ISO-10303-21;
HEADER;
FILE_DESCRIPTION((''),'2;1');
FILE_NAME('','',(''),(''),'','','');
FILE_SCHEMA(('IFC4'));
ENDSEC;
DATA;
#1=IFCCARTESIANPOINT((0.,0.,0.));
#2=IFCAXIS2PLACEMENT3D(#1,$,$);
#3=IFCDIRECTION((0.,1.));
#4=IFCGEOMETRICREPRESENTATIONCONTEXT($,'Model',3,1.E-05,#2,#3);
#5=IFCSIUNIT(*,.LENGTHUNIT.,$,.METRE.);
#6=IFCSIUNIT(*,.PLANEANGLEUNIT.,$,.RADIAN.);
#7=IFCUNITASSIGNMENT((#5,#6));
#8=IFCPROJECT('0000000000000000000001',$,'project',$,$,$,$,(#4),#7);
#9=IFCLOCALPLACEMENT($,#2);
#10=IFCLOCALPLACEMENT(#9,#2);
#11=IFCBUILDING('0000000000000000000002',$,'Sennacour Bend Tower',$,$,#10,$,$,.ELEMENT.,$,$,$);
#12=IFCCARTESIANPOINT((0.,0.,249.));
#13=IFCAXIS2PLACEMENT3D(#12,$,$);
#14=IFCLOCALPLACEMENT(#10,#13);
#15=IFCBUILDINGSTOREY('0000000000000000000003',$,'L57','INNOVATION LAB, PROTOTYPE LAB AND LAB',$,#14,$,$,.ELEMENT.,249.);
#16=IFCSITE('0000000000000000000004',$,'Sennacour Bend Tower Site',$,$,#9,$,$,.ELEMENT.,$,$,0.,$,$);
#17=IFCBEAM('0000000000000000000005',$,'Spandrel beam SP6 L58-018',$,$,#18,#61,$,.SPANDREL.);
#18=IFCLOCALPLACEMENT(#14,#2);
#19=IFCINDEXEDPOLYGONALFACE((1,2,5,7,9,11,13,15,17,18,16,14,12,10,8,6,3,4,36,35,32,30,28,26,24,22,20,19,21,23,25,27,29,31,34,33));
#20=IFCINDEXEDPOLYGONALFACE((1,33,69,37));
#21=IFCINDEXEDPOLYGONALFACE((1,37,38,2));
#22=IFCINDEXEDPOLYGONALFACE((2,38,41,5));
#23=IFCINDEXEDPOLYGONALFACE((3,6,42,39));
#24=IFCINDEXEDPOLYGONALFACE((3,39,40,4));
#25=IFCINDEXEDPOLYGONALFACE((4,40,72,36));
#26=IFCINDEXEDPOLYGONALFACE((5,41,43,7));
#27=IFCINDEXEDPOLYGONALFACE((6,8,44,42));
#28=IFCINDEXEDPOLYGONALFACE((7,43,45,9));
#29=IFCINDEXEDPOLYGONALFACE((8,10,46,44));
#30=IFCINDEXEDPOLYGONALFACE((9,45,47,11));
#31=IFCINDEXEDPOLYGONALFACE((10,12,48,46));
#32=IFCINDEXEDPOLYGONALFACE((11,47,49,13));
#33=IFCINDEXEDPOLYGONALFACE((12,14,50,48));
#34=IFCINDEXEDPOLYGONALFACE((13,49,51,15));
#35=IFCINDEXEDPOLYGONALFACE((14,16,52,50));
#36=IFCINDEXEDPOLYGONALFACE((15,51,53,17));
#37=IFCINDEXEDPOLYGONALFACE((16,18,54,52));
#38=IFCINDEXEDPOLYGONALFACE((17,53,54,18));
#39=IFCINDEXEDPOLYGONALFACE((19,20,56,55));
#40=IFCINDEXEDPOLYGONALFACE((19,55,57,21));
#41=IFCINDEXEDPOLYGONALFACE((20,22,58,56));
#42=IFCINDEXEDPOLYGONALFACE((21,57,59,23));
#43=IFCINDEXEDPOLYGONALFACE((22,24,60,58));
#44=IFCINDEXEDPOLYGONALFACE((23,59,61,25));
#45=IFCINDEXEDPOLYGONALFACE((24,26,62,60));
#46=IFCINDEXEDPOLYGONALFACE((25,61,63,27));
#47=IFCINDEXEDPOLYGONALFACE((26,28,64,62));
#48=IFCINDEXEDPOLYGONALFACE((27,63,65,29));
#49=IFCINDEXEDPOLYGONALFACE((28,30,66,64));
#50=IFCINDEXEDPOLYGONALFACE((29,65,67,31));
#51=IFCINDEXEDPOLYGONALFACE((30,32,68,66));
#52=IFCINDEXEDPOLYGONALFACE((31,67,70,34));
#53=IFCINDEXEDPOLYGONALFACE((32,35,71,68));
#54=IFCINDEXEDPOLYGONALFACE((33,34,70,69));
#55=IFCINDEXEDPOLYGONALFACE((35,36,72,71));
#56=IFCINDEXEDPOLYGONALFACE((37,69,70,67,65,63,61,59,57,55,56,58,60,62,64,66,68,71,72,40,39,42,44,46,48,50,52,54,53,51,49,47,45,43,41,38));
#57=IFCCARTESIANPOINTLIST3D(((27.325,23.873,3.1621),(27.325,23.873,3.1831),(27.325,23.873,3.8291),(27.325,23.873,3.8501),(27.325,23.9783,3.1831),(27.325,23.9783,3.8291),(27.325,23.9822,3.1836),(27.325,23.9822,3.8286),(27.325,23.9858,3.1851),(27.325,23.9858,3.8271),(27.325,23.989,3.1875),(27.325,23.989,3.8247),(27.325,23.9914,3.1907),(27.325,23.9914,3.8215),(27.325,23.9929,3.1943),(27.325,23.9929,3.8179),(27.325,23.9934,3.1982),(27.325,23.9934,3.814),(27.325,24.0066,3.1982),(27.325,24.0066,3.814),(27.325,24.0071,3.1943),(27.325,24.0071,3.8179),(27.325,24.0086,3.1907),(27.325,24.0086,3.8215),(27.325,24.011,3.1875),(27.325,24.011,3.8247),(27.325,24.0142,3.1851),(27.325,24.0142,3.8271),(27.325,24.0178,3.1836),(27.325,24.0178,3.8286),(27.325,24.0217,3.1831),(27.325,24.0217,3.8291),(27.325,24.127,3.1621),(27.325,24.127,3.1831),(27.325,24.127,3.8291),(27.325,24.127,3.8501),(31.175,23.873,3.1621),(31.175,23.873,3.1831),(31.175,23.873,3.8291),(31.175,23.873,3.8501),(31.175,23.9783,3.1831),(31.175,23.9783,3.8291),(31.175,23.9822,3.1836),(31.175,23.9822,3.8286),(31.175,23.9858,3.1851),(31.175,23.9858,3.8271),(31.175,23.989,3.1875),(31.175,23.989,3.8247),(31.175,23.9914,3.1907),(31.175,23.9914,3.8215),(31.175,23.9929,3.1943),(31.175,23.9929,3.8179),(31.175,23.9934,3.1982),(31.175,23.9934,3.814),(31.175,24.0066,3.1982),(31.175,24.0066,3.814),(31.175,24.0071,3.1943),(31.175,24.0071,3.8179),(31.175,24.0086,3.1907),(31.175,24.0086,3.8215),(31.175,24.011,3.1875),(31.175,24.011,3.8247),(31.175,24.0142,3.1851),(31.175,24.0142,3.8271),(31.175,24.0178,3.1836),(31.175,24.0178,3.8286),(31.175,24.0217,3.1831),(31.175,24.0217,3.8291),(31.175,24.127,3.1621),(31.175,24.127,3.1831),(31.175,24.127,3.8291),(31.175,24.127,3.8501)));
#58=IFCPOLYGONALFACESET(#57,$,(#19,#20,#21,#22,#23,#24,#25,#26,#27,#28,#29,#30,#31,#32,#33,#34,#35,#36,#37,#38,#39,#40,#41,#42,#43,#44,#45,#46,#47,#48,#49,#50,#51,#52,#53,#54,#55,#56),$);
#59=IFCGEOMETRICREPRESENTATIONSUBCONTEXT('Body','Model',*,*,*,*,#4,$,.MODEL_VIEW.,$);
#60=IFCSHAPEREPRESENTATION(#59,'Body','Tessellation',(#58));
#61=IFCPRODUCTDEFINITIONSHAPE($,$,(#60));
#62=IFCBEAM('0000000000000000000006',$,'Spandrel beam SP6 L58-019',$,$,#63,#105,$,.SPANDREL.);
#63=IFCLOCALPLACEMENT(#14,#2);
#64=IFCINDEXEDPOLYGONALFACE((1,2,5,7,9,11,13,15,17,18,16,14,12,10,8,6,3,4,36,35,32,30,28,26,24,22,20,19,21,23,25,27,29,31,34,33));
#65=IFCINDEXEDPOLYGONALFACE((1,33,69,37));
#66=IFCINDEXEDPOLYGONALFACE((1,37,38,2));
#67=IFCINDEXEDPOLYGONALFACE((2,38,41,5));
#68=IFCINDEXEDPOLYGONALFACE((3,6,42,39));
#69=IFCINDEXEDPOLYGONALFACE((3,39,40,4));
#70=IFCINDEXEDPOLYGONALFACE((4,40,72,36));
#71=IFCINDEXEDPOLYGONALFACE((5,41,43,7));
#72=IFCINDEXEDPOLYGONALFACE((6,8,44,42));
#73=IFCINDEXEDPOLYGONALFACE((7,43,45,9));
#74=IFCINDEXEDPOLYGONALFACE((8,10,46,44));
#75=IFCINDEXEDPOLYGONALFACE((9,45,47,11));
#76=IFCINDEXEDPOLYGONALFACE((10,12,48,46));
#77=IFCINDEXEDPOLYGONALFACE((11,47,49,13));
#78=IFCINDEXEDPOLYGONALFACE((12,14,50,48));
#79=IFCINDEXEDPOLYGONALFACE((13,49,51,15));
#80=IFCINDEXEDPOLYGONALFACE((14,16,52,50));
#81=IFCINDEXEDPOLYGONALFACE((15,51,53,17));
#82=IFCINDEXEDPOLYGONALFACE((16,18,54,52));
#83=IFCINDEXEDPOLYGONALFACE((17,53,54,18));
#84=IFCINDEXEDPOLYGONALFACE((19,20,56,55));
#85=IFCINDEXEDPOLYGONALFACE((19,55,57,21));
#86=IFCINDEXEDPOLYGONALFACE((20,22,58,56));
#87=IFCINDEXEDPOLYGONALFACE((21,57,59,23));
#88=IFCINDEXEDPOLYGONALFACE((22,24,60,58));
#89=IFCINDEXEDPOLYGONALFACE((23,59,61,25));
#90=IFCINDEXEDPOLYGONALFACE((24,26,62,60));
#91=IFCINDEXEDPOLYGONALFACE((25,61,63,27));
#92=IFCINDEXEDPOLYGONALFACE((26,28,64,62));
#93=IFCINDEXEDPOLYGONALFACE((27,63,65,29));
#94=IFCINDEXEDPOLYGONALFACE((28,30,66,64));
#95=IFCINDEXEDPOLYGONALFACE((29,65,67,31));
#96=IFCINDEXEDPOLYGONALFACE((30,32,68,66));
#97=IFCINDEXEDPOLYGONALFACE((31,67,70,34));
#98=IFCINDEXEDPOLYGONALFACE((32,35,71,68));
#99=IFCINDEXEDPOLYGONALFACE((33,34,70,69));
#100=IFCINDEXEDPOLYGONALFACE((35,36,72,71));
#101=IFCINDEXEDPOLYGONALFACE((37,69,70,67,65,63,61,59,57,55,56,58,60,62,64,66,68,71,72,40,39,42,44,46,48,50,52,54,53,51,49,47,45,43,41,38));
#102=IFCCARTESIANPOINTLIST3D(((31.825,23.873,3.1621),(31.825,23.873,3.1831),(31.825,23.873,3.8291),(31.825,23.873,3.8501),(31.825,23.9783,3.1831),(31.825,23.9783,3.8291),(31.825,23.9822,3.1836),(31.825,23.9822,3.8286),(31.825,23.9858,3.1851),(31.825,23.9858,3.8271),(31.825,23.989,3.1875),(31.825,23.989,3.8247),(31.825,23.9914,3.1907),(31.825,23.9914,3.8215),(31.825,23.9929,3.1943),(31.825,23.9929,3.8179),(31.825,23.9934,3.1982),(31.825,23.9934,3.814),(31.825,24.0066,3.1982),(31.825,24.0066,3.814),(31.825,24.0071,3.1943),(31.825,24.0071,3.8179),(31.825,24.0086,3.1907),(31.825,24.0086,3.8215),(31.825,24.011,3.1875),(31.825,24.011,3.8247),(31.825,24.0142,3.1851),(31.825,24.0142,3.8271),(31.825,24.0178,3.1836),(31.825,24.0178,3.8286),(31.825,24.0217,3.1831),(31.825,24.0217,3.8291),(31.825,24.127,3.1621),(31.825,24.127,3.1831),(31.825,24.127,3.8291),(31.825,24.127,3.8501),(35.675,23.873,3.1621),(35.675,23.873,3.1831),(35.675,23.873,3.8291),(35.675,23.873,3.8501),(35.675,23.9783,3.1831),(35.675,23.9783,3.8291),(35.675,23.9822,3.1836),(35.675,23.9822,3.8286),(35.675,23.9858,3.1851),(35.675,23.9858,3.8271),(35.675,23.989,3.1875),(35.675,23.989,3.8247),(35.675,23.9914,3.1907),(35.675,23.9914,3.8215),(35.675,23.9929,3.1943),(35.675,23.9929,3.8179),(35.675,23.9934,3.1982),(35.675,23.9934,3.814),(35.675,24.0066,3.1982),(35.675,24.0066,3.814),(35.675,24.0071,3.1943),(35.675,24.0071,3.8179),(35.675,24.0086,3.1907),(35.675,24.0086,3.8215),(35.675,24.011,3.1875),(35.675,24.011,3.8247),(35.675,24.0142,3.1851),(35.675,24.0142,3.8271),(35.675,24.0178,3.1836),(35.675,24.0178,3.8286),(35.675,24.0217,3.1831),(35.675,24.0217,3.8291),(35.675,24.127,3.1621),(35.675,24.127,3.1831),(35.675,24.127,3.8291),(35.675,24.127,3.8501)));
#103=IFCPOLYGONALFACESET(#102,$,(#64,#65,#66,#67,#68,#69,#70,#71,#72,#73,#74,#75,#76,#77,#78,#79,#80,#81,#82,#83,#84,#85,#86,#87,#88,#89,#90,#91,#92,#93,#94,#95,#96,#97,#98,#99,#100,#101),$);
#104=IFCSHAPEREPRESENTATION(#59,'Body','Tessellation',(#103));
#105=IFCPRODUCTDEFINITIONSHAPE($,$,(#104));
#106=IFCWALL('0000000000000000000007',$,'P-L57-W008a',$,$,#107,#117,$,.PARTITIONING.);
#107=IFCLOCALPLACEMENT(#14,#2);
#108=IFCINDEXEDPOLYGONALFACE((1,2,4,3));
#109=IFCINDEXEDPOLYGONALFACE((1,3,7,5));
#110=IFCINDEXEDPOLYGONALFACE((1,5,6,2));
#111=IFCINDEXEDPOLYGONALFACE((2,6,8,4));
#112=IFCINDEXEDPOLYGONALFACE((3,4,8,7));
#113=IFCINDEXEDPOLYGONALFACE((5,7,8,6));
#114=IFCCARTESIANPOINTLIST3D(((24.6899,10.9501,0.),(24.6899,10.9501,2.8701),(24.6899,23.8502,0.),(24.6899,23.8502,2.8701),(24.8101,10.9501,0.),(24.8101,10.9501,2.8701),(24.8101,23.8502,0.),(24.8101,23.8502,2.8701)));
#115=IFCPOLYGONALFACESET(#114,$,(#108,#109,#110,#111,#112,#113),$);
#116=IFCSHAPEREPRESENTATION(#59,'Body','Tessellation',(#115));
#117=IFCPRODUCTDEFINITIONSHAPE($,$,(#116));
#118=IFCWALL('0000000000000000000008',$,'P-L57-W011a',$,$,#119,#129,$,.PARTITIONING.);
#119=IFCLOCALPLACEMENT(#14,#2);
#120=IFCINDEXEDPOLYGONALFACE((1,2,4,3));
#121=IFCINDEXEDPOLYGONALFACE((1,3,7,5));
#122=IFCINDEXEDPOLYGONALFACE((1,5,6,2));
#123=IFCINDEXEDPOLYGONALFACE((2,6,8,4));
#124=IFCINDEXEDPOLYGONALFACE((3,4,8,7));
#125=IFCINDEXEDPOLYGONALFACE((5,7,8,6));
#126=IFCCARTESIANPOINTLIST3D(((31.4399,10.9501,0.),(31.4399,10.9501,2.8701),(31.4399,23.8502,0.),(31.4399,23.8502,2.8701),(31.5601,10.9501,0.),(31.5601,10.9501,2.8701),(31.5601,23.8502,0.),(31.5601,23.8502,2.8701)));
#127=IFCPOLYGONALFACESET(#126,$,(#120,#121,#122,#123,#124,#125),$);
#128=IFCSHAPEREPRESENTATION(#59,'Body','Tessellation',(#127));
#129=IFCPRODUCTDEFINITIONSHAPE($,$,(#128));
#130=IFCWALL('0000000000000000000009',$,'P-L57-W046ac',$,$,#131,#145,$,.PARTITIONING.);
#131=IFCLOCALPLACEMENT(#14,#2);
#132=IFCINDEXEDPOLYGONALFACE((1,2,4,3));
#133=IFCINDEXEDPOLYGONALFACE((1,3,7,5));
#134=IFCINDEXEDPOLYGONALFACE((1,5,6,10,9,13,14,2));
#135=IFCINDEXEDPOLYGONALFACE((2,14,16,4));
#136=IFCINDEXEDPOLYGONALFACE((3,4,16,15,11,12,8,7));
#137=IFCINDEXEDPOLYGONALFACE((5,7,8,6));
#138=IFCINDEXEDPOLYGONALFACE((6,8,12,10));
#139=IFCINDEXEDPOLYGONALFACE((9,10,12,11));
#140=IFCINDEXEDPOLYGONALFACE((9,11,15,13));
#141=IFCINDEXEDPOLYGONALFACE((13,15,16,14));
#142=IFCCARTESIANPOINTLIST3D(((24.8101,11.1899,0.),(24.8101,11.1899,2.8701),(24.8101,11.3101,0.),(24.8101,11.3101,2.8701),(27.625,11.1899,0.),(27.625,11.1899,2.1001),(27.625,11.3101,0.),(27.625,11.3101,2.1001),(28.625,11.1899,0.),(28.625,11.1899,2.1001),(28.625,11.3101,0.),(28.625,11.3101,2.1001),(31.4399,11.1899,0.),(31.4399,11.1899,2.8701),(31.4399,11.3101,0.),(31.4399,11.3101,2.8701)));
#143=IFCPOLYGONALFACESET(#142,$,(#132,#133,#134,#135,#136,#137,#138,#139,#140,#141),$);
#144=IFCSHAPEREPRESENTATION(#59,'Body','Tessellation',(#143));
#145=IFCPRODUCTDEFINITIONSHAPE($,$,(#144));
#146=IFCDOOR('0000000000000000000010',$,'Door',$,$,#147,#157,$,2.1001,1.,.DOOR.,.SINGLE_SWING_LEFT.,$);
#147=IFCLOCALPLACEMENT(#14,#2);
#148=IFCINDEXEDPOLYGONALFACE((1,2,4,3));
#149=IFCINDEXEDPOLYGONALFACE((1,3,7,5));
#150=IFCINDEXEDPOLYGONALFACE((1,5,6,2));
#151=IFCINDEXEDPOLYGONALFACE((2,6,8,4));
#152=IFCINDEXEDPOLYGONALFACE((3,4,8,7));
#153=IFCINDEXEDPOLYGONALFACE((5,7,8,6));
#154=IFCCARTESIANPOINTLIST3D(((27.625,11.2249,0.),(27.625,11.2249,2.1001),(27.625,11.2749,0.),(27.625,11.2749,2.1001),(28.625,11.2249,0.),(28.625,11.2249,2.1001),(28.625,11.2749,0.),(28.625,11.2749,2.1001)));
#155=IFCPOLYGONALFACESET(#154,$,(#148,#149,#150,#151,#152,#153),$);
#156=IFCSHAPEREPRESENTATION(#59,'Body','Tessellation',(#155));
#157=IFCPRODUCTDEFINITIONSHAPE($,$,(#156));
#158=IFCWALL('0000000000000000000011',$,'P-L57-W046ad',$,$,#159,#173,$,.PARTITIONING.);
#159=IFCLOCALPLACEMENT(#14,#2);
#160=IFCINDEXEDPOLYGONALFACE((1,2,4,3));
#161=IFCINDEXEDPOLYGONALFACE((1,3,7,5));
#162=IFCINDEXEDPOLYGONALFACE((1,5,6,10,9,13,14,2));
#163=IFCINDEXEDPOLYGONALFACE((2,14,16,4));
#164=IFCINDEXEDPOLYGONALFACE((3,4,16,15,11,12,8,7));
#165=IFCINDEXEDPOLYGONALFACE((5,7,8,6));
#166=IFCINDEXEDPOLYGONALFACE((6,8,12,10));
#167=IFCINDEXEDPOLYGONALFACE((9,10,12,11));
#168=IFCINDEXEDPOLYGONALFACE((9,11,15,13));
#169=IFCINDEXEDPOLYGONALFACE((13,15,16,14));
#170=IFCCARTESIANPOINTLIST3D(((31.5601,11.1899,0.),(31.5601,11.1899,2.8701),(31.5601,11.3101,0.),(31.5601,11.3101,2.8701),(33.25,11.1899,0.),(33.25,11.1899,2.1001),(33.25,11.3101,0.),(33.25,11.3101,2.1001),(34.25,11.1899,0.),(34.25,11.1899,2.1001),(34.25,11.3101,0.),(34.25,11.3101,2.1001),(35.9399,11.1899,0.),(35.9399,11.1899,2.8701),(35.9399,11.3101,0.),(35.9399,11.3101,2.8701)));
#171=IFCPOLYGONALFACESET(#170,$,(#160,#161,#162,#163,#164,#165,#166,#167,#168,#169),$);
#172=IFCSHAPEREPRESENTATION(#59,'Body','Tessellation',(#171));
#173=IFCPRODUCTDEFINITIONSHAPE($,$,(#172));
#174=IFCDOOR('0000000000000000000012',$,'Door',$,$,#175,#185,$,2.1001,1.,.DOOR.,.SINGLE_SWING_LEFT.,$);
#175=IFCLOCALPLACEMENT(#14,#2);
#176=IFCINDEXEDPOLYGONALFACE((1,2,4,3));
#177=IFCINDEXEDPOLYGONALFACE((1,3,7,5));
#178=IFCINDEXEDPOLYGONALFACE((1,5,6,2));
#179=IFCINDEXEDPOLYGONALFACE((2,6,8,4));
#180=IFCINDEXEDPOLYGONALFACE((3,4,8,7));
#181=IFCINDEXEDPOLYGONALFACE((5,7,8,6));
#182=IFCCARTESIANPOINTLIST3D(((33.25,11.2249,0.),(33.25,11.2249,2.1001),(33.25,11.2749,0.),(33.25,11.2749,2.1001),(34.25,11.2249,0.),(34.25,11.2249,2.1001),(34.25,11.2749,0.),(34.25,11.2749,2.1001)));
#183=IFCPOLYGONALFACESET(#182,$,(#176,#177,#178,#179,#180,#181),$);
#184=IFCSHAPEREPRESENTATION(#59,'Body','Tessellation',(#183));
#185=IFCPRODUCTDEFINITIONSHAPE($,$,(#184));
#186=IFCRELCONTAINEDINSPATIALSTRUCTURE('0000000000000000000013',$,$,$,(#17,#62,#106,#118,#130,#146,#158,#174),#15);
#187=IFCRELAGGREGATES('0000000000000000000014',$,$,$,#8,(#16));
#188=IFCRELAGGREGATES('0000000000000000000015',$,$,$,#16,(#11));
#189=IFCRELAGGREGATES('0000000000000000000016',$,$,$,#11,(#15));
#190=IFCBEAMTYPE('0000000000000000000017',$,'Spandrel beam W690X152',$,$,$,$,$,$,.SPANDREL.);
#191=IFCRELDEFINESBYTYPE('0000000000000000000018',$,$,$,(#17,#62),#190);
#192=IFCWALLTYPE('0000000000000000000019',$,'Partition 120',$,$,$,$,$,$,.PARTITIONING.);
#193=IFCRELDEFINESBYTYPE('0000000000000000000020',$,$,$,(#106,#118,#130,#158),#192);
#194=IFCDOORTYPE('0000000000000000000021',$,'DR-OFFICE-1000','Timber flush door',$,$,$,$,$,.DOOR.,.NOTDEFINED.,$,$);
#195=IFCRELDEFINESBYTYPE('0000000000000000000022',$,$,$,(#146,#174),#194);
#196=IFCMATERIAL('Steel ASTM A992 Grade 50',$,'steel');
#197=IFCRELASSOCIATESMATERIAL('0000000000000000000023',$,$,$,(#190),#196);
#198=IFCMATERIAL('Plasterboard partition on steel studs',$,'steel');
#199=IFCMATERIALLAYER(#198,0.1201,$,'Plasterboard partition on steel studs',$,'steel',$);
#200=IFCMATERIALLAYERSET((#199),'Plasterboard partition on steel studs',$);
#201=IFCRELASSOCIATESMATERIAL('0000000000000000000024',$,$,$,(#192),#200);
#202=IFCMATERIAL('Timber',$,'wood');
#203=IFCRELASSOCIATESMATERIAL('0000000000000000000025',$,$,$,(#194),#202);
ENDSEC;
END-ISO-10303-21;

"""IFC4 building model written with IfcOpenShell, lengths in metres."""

from ifc_helpers import new_model, si_unit, direction, frame, frame_2d, origin, origin_2d, place, context, subcontext, project, spatial, rectangle, i_section, extrude, material, layer, layer_set, material_profile, profile_set, type_object, element, fill, save


model = new_model("IFC4")

# Units and contexts
model_context = context("Model", 3, precision=1e-05, world=origin(), true_north=direction((0.0, 1.0)))
body_context = subcontext(model_context, "Body", "Model", "MODEL_VIEW")
ifc_project = project(units=[si_unit("LENGTHUNIT", "METRE"), si_unit("PLANEANGLEUNIT", "RADIAN")], contexts=[model_context])

# Site, building, storey
site_placement = place(None, origin())
site = spatial("IfcSite", under=ifc_project, at=site_placement, Name="Sennacour Bend Tower Site", CompositionType="ELEMENT", RefElevation=0.0)
building_placement = place(site_placement, origin())
building = spatial("IfcBuilding", under=site, at=building_placement, Name="Sennacour Bend Tower", CompositionType="ELEMENT")
storey_placement = place(building_placement, frame((0.0, 0.0, 249.0)))
storey = spatial("IfcBuildingStorey", under=building, at=storey_placement, Name="L57", Description="INNOVATION LAB, PROTOTYPE LAB AND LAB", CompositionType="ELEMENT", Elevation=249.0)

# Beams
ifc_material_1 = material(Name="Steel ASTM A992 Grade 50", Category="steel")
ifc_material_profile_1 = material_profile(ifc_material_1, i_section(OverallWidth=0.2539, OverallDepth=0.688, WebThickness=0.0132, FlangeThickness=0.021, FilletRadius=0.0151, at=origin_2d()), Name="Steel ASTM A992 Grade 50", Category="steel")
ifc_profile_set_1 = profile_set([ifc_material_profile_1], Name="Steel ASTM A992 Grade 50")
beam_type_1 = type_object("IfcBeamType", Name="Spandrel beam W690X152", PredefinedType="SPANDREL", material=ifc_profile_set_1)
for number, where, z_axis, x_axis, name in (
    (1, (27.325, 24.0, 3.5061), (1.0, 0.0, 0.0), (0.0, 1.0, 0.0), "Spandrel beam SP6 L58-018"),
    (2, (31.825, 24.0, 3.5061), (1.0, 0.0, 0.0), (0.0, 1.0, 0.0), "Spandrel beam SP6 L58-019"),
):
    element("IfcBeam", number, at=place(storey_placement, frame(where, z_axis=z_axis, x_axis=x_axis)), inside=storey, type_object=beam_type_1, Name=name, PredefinedType="SPANDREL", context=body_context, shape_type="SweptSolid", body=[
        extrude(i_section(OverallWidth=0.2539, OverallDepth=0.688, WebThickness=0.0132, FlangeThickness=0.021, FilletRadius=0.0151, at=origin_2d()), origin(), (0.0, 0.0, 1.0), 3.8501),
    ])

# Walls
ifc_material_2 = material(Name="Plasterboard partition on steel studs", Category="steel")
ifc_layer_1 = layer(ifc_material_2, 0.1201, Name="Plasterboard partition on steel studs", Category="steel")
ifc_layer_set_1 = layer_set([ifc_layer_1], Name="Plasterboard partition on steel studs")
wall_type_1 = type_object("IfcWallType", Name="Partition 120", PredefinedType="PARTITIONING", material=ifc_layer_set_1)
for number, where, z_axis, x_axis, name in (
    (3, (24.75, 10.95, 0.0), (0.0, 0.0, 1.0), (0.0, 1.0, 0.0), "P-L57-W008a"),
    (4, (31.5, 10.95, 0.0), (0.0, 0.0, 1.0), (0.0, 1.0, 0.0), "P-L57-W011a"),
):
    element("IfcWall", number, at=place(storey_placement, frame(where, z_axis=z_axis, x_axis=x_axis)), inside=storey, type_object=wall_type_1, Name=name, PredefinedType="PARTITIONING", context=body_context, shape_type="SweptSolid", body=[
        extrude(rectangle(XDim=12.9001, YDim=0.1201, at=frame_2d((6.4502, 0.0))), origin(), (0.0, 0.0, 1.0), 2.8701),
    ])

# Walls, openings, doors
wall_1_placement = place(storey_placement, frame((24.8101, 11.25, 0.0), z_axis=(0.0, 0.0, 1.0), x_axis=(1.0, 0.0, 0.0)))
wall_1 = element("IfcWall", 5, at=wall_1_placement, inside=storey, type_object=wall_type_1, Name="P-L57-W046ac", PredefinedType="PARTITIONING", context=body_context, shape_type="SweptSolid", body=[
    extrude(rectangle(XDim=6.6299, YDim=0.1201, at=frame_2d((3.3149, 0.0))), origin(), (0.0, 0.0, 1.0), 2.8701),
])
opening_1_placement = place(wall_1_placement, frame((2.8149, 0.0, 0.0)))
opening_1 = element("IfcOpeningElement", 6, at=opening_1_placement, cuts=wall_1, PredefinedType="OPENING", context=body_context, shape_type="SweptSolid", body=[
    extrude(rectangle(XDim=1.0, YDim=2.1001, at=frame_2d((0.5, 1.05))), frame((0.0, 0.0701, 0.0), z_axis=(0.0, -1.0, 0.0), x_axis=(1.0, 0.0, 0.0)), (0.0, 0.0, 1.0), 0.1401),
])
ifc_material_3 = material(Name="Timber", Category="wood")
door_type_1 = type_object("IfcDoorType", Name="DR-OFFICE-1000", Description="Timber flush door", OperationType="NOTDEFINED", PredefinedType="DOOR", material=ifc_material_3)
door_1_placement = place(opening_1_placement, origin())
door_1 = element("IfcDoor", 7, at=door_1_placement, inside=storey, type_object=door_type_1, Name="Door", OperationType="SINGLE_SWING_LEFT", OverallHeight=2.1001, OverallWidth=1.0, PredefinedType="DOOR", context=body_context, shape_type="SweptSolid", body=[
    extrude(rectangle(XDim=1.0, YDim=2.1001, at=frame_2d((0.5, 1.05))), frame((0.0, 0.0249, 0.0), z_axis=(0.0, -1.0, 0.0), x_axis=(1.0, 0.0, 0.0)), (0.0, 0.0, 1.0), 0.05),
])
fill(opening_1, door_1)
wall_2_placement = place(storey_placement, frame((31.5601, 11.25, 0.0), z_axis=(0.0, 0.0, 1.0), x_axis=(1.0, 0.0, 0.0)))
wall_2 = element("IfcWall", 8, at=wall_2_placement, inside=storey, type_object=wall_type_1, Name="P-L57-W046ad", PredefinedType="PARTITIONING", context=body_context, shape_type="SweptSolid", body=[
    extrude(rectangle(XDim=4.3799, YDim=0.1201, at=frame_2d((2.1899, 0.0))), origin(), (0.0, 0.0, 1.0), 2.8701),
])
opening_2_placement = place(wall_2_placement, frame((1.6899, 0.0, 0.0)))
opening_2 = element("IfcOpeningElement", 9, at=opening_2_placement, cuts=wall_2, PredefinedType="OPENING", context=body_context, shape_type="SweptSolid", body=[
    extrude(rectangle(XDim=1.0, YDim=2.1001, at=frame_2d((0.5, 1.05))), frame((0.0, 0.0701, 0.0), z_axis=(0.0, -1.0, 0.0), x_axis=(1.0, 0.0, 0.0)), (0.0, 0.0, 1.0), 0.1401),
])
door_2_placement = place(opening_2_placement, origin())
door_2 = element("IfcDoor", 10, at=door_2_placement, inside=storey, type_object=door_type_1, Name="Door", OperationType="SINGLE_SWING_LEFT", OverallHeight=2.1001, OverallWidth=1.0, PredefinedType="DOOR", context=body_context, shape_type="SweptSolid", body=[
    extrude(rectangle(XDim=1.0, YDim=2.1001, at=frame_2d((0.5, 1.05))), frame((0.0, 0.0249, 0.0), z_axis=(0.0, -1.0, 0.0), x_axis=(1.0, 0.0, 0.0)), (0.0, 0.0, 1.0), 0.05),
])
fill(opening_2, door_2)

save(model, "model.ifc")
